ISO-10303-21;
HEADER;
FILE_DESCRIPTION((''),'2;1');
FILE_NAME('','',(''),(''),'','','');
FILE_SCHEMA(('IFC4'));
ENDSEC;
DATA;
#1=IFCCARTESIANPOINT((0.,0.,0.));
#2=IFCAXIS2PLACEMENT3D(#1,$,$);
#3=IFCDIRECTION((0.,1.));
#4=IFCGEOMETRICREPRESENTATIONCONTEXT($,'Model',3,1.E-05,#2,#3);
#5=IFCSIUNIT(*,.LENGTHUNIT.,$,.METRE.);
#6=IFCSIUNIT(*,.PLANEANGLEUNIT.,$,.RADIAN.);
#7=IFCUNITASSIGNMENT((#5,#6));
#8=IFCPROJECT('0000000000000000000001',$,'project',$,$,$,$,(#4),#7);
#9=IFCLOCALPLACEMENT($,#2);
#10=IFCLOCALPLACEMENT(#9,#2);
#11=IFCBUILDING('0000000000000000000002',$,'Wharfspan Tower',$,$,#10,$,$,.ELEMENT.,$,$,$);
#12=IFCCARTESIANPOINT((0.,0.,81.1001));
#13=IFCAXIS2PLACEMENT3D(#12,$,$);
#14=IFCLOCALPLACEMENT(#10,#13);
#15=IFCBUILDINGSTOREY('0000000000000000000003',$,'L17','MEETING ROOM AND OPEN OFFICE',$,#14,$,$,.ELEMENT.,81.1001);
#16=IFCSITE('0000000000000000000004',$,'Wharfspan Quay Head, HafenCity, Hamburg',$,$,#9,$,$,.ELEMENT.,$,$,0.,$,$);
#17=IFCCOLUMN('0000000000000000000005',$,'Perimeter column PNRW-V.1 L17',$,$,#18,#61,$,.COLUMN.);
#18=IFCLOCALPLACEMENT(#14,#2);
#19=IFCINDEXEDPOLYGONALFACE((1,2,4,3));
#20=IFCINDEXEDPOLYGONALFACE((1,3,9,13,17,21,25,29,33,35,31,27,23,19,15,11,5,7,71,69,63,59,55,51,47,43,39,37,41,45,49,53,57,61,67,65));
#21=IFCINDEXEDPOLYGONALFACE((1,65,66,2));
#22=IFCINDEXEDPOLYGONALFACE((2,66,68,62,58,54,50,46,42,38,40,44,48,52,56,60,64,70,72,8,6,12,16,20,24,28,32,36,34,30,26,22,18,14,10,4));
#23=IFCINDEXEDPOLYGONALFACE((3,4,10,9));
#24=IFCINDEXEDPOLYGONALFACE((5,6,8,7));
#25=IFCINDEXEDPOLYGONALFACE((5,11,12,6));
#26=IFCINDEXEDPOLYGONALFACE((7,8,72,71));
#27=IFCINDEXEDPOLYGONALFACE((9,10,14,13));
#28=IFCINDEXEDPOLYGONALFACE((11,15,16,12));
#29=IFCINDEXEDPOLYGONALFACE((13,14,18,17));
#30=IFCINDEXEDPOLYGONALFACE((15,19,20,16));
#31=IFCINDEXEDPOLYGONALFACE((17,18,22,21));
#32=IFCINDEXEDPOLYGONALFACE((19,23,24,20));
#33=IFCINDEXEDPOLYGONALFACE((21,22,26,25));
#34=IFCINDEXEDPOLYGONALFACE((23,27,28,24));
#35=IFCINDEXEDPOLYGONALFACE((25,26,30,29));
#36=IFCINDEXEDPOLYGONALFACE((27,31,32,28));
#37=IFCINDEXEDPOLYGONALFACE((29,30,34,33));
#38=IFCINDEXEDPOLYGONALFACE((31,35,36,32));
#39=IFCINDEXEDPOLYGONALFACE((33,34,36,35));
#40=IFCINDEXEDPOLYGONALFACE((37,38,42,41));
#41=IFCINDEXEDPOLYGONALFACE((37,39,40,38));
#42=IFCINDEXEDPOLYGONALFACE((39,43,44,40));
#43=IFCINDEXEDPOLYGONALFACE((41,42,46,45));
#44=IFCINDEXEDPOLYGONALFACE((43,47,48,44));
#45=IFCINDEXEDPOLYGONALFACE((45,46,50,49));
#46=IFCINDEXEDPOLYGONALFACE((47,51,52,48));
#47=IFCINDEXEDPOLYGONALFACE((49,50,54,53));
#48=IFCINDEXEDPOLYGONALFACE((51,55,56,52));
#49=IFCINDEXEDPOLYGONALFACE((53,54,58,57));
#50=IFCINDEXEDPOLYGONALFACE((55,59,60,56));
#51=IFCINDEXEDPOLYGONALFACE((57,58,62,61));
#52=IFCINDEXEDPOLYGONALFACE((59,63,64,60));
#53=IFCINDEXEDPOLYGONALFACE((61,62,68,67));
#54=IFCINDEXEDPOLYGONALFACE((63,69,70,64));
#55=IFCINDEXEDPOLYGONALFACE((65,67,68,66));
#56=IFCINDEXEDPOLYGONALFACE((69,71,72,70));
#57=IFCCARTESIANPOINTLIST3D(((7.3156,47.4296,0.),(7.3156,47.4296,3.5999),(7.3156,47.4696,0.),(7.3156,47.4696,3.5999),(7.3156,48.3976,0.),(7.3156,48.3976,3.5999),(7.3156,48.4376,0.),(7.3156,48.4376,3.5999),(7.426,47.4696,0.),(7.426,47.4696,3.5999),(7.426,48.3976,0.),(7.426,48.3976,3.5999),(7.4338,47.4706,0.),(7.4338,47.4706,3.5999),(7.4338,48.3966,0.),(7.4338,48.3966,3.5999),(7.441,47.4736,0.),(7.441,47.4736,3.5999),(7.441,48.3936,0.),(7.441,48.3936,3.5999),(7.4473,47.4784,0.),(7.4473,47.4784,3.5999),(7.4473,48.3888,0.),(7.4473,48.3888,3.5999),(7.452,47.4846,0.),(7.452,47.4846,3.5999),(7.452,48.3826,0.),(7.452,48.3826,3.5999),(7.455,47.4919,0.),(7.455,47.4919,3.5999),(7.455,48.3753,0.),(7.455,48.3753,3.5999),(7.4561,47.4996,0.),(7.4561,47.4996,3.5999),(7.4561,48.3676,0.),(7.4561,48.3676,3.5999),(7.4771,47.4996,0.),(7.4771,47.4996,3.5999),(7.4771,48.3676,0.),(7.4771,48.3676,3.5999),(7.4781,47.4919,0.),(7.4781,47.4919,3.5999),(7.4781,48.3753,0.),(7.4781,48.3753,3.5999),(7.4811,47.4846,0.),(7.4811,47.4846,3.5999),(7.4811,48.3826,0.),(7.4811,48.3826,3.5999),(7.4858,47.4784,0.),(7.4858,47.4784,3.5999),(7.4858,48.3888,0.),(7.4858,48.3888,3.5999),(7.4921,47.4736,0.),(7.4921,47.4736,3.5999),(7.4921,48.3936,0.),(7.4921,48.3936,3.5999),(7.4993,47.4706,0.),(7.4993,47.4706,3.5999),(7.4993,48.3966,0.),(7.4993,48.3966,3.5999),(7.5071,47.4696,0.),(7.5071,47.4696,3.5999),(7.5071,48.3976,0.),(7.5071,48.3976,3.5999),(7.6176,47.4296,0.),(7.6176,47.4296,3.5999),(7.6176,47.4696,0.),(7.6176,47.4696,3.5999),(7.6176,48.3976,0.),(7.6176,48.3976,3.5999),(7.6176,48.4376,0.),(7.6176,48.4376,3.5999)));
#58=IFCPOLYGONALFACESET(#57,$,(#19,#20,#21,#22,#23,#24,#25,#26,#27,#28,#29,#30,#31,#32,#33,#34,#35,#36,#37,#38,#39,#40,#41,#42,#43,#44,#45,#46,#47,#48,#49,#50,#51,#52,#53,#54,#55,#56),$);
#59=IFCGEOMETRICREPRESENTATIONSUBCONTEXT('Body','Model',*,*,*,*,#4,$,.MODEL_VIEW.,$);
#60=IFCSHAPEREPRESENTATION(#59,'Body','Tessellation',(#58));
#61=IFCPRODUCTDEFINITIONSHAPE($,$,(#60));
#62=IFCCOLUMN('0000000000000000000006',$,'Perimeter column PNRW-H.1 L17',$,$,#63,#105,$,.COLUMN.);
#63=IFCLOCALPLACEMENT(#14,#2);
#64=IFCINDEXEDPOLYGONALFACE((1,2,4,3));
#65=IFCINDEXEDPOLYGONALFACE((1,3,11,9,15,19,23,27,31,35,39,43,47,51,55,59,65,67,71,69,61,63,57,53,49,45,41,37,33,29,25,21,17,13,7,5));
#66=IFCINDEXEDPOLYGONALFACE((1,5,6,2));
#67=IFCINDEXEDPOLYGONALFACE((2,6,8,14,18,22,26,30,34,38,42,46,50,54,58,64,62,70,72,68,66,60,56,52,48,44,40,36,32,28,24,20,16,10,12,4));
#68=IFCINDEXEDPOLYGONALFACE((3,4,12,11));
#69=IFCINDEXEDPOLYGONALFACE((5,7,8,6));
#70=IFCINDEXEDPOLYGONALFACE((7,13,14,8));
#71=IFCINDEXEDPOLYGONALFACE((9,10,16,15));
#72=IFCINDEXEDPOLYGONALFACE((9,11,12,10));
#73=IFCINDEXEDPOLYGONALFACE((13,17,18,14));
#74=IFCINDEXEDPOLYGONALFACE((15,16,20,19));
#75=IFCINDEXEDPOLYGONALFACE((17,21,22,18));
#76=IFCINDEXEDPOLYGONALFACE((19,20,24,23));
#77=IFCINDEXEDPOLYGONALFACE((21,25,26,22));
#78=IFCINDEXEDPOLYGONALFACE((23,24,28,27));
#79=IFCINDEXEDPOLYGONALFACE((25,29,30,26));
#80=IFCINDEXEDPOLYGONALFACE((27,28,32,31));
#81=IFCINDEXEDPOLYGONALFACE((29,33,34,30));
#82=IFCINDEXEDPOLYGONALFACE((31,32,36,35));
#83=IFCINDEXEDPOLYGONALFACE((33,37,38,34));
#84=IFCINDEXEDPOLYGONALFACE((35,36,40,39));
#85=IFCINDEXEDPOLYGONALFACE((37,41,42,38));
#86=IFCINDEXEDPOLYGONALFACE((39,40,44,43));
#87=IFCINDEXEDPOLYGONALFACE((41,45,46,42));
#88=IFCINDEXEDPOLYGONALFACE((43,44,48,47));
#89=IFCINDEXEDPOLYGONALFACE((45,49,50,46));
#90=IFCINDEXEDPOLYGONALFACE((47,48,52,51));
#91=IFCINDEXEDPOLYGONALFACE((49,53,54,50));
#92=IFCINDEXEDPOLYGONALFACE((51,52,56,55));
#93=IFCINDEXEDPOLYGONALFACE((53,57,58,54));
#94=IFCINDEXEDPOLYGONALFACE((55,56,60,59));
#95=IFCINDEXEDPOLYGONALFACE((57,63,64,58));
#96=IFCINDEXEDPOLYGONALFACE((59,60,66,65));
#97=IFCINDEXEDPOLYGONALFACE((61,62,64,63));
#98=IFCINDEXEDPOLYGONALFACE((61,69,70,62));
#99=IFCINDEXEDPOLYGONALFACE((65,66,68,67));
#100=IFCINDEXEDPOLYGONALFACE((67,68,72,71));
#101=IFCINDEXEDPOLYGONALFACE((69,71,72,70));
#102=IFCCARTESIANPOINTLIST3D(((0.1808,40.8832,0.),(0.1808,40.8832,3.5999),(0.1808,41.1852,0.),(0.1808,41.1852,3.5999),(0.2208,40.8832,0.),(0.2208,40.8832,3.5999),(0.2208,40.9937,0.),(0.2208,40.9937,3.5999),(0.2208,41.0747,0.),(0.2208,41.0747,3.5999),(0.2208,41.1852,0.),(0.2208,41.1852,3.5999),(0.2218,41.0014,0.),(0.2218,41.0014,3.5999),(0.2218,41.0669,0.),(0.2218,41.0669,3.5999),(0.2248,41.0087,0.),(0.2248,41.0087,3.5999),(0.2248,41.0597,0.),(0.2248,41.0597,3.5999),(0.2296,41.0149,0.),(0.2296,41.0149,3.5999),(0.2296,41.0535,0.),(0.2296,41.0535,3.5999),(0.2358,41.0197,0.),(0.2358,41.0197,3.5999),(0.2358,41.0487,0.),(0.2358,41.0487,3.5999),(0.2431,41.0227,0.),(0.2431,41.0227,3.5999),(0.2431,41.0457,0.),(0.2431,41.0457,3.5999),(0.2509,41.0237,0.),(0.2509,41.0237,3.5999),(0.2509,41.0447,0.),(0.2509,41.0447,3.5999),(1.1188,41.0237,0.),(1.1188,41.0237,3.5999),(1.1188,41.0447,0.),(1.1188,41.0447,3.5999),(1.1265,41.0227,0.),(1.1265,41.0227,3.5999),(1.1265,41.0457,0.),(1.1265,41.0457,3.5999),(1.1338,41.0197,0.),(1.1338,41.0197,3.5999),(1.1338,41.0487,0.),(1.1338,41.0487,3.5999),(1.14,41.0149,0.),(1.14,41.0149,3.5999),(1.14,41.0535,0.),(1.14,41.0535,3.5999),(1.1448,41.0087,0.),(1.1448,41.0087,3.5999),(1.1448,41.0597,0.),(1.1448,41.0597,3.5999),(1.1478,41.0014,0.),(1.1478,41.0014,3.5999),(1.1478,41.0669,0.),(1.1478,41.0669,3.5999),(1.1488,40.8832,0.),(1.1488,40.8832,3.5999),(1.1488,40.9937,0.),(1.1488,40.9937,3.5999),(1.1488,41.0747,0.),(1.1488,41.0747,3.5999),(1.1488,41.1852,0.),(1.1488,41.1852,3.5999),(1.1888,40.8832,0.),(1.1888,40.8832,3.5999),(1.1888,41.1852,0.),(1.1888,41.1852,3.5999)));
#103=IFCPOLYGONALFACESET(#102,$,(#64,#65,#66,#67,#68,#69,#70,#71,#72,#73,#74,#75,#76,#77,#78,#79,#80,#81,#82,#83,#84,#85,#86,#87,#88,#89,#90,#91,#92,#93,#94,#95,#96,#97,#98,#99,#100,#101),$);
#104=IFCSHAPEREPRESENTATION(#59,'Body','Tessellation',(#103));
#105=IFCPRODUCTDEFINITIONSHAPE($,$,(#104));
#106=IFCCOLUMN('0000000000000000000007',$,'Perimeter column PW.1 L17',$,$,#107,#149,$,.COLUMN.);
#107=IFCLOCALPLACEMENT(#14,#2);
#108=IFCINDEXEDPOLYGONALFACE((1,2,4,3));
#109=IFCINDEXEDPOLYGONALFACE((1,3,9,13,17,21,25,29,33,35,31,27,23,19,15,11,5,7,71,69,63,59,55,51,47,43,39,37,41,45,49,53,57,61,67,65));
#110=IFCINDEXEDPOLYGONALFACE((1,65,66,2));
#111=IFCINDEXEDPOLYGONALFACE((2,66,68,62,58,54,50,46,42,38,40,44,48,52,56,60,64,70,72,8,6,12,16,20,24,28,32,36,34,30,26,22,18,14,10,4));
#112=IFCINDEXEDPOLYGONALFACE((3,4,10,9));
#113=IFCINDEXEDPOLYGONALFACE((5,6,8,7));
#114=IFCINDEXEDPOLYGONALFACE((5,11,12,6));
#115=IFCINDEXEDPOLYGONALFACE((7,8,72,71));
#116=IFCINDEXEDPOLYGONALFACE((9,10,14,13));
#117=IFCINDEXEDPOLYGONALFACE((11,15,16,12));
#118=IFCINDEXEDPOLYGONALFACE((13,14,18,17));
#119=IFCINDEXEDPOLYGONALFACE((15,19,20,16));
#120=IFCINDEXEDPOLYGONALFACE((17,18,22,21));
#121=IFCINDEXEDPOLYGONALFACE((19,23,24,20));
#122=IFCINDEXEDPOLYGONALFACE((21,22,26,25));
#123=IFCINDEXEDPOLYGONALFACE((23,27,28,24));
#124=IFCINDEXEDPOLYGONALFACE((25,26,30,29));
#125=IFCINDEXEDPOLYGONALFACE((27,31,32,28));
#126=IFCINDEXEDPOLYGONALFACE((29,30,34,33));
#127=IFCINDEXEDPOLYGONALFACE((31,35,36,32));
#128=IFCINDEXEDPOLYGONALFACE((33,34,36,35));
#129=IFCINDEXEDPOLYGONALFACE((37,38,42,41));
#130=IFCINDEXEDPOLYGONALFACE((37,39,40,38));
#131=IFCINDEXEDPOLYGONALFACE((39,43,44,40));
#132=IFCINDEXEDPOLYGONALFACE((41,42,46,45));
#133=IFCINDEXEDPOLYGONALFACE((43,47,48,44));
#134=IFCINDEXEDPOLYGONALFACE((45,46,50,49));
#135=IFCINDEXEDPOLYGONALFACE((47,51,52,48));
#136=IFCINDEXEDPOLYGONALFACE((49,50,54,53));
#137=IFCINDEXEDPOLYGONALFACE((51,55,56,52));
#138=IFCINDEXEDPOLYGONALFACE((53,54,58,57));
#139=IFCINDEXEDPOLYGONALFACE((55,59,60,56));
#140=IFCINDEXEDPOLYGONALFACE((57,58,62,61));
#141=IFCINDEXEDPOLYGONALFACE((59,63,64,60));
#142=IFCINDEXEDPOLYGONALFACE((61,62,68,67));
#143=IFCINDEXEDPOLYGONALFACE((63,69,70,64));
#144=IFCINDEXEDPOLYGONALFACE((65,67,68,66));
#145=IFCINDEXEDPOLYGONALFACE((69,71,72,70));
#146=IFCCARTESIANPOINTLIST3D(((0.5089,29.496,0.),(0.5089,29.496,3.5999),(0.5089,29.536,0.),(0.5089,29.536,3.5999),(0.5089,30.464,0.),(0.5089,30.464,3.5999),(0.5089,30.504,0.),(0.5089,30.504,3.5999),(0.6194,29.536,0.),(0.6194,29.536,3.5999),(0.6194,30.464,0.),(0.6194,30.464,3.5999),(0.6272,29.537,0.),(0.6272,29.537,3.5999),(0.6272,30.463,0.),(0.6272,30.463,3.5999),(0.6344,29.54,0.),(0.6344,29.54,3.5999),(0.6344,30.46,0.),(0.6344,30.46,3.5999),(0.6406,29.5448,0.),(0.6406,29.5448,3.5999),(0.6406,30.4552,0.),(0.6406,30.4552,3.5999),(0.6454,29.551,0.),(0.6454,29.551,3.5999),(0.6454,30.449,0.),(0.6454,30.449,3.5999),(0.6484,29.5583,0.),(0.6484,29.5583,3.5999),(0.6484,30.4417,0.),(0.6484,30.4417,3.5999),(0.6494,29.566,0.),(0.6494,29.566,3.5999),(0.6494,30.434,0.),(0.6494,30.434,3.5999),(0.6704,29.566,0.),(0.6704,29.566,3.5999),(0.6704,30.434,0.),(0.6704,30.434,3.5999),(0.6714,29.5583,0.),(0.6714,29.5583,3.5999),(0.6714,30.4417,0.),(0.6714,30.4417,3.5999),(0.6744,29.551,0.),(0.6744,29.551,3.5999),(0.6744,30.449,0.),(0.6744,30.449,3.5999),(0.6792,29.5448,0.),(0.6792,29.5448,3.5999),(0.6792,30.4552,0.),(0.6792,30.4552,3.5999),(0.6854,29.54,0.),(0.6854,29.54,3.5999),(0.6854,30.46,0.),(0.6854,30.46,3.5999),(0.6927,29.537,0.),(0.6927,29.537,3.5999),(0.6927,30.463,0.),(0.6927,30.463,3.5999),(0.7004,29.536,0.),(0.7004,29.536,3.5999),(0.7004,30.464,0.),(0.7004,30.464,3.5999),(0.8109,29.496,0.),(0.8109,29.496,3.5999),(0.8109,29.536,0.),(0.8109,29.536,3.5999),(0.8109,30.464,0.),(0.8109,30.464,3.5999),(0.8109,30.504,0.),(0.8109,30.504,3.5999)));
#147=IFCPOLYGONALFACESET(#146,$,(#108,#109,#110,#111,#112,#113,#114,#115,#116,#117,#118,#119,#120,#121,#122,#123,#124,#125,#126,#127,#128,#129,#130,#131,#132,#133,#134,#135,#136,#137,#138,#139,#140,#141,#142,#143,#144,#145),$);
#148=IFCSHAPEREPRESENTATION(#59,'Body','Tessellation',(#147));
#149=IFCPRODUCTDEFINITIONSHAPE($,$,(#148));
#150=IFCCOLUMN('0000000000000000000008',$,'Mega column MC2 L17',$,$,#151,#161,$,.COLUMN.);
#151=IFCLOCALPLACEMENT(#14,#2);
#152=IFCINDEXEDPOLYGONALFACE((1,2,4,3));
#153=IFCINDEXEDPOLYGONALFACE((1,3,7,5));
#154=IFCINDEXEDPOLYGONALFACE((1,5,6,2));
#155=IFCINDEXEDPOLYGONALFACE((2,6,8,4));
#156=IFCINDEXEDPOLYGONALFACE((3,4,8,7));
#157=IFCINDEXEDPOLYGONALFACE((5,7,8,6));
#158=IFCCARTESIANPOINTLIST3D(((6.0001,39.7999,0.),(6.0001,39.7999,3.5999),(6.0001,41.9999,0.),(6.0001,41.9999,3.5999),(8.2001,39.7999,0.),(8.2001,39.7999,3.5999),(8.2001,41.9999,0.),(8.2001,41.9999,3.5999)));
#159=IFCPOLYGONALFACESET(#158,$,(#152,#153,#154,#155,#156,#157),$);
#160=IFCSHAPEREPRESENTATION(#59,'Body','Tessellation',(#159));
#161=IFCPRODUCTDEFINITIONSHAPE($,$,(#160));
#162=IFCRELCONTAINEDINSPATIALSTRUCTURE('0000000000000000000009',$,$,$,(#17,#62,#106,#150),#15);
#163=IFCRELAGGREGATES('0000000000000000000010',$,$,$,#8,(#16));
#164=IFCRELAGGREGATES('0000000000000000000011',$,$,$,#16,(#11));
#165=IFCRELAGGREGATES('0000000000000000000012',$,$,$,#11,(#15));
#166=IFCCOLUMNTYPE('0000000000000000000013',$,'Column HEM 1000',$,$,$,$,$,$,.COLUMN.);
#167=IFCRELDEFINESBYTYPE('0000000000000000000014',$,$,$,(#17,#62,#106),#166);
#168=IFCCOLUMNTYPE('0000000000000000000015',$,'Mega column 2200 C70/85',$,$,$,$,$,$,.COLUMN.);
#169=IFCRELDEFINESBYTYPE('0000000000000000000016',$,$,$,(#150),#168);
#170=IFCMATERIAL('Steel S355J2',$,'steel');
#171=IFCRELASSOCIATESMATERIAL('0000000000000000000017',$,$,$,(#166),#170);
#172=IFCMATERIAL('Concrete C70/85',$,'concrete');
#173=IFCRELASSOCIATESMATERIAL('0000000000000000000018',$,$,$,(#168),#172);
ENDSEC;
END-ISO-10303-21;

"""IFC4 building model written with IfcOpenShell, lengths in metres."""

from ifc_helpers import new_model, si_unit, direction, frame, origin, origin_2d, place, context, subcontext, project, spatial, rectangle, i_section, extrude, material, material_profile, profile_set, type_object, element, save


model = new_model("IFC4")

# Units and contexts
model_context = context("Model", 3, precision=1e-05, world=origin(), true_north=direction((0.0, 1.0)))
body_context = subcontext(model_context, "Body", "Model", "MODEL_VIEW")
ifc_project = project(units=[si_unit("LENGTHUNIT", "METRE"), si_unit("PLANEANGLEUNIT", "RADIAN")], contexts=[model_context])

# Site, building, storey
site_placement = place(None, origin())
site = spatial("IfcSite", under=ifc_project, at=site_placement, Name="Wharfspan Quay Head, HafenCity, Hamburg", CompositionType="ELEMENT", RefElevation=0.0)
building_placement = place(site_placement, origin())
building = spatial("IfcBuilding", under=site, at=building_placement, Name="Wharfspan Tower", CompositionType="ELEMENT")
storey_placement = place(building_placement, frame((0.0, 0.0, 81.1001)))
storey = spatial("IfcBuildingStorey", under=building, at=storey_placement, Name="L17", Description="MEETING ROOM AND OPEN OFFICE", CompositionType="ELEMENT", Elevation=81.1001)

# Columns
ifc_material_1 = material(Name="Steel S355J2", Category="steel")
ifc_material_profile_1 = material_profile(ifc_material_1, i_section(OverallWidth=0.302, OverallDepth=1.0081, WebThickness=0.021, FlangeThickness=0.04, FilletRadius=0.03, at=origin_2d()))
ifc_profile_set_1 = profile_set([ifc_material_profile_1], Name="Steel S355J2")
column_type_1 = type_object("IfcColumnType", Name="Column HEM 1000", PredefinedType="COLUMN", material=ifc_profile_set_1)
for number, where, z_axis, x_axis, name in (
    (1, (7.4666, 47.9336, 0.0), (0.0, 0.0, 1.0), (-1.0, 0.0, 0.0), "Perimeter column PNRW-V.1 L17"),
    (2, (0.6848, 41.0342, 0.0), (0.0, 0.0, 1.0), (0.0, 1.0, 0.0), "Perimeter column PNRW-H.1 L17"),
    (3, (0.6599, 30.0, 0.0), (0.0, 0.0, 1.0), (-1.0, 0.0, 0.0), "Perimeter column PW.1 L17"),
):
    element("IfcColumn", number, at=place(storey_placement, frame(where, z_axis=z_axis, x_axis=x_axis)), inside=storey, type_object=column_type_1, Name=name, PredefinedType="COLUMN", context=body_context, shape_type="SweptSolid", body=[
        extrude(i_section(OverallWidth=0.302, OverallDepth=1.0081, WebThickness=0.021, FlangeThickness=0.04, FilletRadius=0.03, at=origin_2d()), origin(), (0.0, 0.0, 1.0), 3.5999),
    ])
ifc_material_2 = material(Name="Concrete C70/85", Category="concrete")
ifc_material_profile_2 = material_profile(ifc_material_2, rectangle(XDim=2.2, YDim=2.2, at=origin_2d()))
ifc_profile_set_2 = profile_set([ifc_material_profile_2], Name="Concrete C70/85")
column_type_2 = type_object("IfcColumnType", Name="Mega column 2200 C70/85", PredefinedType="COLUMN", material=ifc_profile_set_2)
column_placement = place(storey_placement, frame((7.1001, 40.8999, 0.0), z_axis=(0.0, 0.0, 1.0), x_axis=(1.0, 0.0, 0.0)))
element("IfcColumn", 4, at=column_placement, inside=storey, type_object=column_type_2, Name="Mega column MC2 L17", PredefinedType="COLUMN", context=body_context, shape_type="SweptSolid", body=[
    extrude(rectangle(XDim=2.2, YDim=2.2, at=origin_2d()), origin(), (0.0, 0.0, 1.0), 3.5999),
])

save(model, "model.ifc")
